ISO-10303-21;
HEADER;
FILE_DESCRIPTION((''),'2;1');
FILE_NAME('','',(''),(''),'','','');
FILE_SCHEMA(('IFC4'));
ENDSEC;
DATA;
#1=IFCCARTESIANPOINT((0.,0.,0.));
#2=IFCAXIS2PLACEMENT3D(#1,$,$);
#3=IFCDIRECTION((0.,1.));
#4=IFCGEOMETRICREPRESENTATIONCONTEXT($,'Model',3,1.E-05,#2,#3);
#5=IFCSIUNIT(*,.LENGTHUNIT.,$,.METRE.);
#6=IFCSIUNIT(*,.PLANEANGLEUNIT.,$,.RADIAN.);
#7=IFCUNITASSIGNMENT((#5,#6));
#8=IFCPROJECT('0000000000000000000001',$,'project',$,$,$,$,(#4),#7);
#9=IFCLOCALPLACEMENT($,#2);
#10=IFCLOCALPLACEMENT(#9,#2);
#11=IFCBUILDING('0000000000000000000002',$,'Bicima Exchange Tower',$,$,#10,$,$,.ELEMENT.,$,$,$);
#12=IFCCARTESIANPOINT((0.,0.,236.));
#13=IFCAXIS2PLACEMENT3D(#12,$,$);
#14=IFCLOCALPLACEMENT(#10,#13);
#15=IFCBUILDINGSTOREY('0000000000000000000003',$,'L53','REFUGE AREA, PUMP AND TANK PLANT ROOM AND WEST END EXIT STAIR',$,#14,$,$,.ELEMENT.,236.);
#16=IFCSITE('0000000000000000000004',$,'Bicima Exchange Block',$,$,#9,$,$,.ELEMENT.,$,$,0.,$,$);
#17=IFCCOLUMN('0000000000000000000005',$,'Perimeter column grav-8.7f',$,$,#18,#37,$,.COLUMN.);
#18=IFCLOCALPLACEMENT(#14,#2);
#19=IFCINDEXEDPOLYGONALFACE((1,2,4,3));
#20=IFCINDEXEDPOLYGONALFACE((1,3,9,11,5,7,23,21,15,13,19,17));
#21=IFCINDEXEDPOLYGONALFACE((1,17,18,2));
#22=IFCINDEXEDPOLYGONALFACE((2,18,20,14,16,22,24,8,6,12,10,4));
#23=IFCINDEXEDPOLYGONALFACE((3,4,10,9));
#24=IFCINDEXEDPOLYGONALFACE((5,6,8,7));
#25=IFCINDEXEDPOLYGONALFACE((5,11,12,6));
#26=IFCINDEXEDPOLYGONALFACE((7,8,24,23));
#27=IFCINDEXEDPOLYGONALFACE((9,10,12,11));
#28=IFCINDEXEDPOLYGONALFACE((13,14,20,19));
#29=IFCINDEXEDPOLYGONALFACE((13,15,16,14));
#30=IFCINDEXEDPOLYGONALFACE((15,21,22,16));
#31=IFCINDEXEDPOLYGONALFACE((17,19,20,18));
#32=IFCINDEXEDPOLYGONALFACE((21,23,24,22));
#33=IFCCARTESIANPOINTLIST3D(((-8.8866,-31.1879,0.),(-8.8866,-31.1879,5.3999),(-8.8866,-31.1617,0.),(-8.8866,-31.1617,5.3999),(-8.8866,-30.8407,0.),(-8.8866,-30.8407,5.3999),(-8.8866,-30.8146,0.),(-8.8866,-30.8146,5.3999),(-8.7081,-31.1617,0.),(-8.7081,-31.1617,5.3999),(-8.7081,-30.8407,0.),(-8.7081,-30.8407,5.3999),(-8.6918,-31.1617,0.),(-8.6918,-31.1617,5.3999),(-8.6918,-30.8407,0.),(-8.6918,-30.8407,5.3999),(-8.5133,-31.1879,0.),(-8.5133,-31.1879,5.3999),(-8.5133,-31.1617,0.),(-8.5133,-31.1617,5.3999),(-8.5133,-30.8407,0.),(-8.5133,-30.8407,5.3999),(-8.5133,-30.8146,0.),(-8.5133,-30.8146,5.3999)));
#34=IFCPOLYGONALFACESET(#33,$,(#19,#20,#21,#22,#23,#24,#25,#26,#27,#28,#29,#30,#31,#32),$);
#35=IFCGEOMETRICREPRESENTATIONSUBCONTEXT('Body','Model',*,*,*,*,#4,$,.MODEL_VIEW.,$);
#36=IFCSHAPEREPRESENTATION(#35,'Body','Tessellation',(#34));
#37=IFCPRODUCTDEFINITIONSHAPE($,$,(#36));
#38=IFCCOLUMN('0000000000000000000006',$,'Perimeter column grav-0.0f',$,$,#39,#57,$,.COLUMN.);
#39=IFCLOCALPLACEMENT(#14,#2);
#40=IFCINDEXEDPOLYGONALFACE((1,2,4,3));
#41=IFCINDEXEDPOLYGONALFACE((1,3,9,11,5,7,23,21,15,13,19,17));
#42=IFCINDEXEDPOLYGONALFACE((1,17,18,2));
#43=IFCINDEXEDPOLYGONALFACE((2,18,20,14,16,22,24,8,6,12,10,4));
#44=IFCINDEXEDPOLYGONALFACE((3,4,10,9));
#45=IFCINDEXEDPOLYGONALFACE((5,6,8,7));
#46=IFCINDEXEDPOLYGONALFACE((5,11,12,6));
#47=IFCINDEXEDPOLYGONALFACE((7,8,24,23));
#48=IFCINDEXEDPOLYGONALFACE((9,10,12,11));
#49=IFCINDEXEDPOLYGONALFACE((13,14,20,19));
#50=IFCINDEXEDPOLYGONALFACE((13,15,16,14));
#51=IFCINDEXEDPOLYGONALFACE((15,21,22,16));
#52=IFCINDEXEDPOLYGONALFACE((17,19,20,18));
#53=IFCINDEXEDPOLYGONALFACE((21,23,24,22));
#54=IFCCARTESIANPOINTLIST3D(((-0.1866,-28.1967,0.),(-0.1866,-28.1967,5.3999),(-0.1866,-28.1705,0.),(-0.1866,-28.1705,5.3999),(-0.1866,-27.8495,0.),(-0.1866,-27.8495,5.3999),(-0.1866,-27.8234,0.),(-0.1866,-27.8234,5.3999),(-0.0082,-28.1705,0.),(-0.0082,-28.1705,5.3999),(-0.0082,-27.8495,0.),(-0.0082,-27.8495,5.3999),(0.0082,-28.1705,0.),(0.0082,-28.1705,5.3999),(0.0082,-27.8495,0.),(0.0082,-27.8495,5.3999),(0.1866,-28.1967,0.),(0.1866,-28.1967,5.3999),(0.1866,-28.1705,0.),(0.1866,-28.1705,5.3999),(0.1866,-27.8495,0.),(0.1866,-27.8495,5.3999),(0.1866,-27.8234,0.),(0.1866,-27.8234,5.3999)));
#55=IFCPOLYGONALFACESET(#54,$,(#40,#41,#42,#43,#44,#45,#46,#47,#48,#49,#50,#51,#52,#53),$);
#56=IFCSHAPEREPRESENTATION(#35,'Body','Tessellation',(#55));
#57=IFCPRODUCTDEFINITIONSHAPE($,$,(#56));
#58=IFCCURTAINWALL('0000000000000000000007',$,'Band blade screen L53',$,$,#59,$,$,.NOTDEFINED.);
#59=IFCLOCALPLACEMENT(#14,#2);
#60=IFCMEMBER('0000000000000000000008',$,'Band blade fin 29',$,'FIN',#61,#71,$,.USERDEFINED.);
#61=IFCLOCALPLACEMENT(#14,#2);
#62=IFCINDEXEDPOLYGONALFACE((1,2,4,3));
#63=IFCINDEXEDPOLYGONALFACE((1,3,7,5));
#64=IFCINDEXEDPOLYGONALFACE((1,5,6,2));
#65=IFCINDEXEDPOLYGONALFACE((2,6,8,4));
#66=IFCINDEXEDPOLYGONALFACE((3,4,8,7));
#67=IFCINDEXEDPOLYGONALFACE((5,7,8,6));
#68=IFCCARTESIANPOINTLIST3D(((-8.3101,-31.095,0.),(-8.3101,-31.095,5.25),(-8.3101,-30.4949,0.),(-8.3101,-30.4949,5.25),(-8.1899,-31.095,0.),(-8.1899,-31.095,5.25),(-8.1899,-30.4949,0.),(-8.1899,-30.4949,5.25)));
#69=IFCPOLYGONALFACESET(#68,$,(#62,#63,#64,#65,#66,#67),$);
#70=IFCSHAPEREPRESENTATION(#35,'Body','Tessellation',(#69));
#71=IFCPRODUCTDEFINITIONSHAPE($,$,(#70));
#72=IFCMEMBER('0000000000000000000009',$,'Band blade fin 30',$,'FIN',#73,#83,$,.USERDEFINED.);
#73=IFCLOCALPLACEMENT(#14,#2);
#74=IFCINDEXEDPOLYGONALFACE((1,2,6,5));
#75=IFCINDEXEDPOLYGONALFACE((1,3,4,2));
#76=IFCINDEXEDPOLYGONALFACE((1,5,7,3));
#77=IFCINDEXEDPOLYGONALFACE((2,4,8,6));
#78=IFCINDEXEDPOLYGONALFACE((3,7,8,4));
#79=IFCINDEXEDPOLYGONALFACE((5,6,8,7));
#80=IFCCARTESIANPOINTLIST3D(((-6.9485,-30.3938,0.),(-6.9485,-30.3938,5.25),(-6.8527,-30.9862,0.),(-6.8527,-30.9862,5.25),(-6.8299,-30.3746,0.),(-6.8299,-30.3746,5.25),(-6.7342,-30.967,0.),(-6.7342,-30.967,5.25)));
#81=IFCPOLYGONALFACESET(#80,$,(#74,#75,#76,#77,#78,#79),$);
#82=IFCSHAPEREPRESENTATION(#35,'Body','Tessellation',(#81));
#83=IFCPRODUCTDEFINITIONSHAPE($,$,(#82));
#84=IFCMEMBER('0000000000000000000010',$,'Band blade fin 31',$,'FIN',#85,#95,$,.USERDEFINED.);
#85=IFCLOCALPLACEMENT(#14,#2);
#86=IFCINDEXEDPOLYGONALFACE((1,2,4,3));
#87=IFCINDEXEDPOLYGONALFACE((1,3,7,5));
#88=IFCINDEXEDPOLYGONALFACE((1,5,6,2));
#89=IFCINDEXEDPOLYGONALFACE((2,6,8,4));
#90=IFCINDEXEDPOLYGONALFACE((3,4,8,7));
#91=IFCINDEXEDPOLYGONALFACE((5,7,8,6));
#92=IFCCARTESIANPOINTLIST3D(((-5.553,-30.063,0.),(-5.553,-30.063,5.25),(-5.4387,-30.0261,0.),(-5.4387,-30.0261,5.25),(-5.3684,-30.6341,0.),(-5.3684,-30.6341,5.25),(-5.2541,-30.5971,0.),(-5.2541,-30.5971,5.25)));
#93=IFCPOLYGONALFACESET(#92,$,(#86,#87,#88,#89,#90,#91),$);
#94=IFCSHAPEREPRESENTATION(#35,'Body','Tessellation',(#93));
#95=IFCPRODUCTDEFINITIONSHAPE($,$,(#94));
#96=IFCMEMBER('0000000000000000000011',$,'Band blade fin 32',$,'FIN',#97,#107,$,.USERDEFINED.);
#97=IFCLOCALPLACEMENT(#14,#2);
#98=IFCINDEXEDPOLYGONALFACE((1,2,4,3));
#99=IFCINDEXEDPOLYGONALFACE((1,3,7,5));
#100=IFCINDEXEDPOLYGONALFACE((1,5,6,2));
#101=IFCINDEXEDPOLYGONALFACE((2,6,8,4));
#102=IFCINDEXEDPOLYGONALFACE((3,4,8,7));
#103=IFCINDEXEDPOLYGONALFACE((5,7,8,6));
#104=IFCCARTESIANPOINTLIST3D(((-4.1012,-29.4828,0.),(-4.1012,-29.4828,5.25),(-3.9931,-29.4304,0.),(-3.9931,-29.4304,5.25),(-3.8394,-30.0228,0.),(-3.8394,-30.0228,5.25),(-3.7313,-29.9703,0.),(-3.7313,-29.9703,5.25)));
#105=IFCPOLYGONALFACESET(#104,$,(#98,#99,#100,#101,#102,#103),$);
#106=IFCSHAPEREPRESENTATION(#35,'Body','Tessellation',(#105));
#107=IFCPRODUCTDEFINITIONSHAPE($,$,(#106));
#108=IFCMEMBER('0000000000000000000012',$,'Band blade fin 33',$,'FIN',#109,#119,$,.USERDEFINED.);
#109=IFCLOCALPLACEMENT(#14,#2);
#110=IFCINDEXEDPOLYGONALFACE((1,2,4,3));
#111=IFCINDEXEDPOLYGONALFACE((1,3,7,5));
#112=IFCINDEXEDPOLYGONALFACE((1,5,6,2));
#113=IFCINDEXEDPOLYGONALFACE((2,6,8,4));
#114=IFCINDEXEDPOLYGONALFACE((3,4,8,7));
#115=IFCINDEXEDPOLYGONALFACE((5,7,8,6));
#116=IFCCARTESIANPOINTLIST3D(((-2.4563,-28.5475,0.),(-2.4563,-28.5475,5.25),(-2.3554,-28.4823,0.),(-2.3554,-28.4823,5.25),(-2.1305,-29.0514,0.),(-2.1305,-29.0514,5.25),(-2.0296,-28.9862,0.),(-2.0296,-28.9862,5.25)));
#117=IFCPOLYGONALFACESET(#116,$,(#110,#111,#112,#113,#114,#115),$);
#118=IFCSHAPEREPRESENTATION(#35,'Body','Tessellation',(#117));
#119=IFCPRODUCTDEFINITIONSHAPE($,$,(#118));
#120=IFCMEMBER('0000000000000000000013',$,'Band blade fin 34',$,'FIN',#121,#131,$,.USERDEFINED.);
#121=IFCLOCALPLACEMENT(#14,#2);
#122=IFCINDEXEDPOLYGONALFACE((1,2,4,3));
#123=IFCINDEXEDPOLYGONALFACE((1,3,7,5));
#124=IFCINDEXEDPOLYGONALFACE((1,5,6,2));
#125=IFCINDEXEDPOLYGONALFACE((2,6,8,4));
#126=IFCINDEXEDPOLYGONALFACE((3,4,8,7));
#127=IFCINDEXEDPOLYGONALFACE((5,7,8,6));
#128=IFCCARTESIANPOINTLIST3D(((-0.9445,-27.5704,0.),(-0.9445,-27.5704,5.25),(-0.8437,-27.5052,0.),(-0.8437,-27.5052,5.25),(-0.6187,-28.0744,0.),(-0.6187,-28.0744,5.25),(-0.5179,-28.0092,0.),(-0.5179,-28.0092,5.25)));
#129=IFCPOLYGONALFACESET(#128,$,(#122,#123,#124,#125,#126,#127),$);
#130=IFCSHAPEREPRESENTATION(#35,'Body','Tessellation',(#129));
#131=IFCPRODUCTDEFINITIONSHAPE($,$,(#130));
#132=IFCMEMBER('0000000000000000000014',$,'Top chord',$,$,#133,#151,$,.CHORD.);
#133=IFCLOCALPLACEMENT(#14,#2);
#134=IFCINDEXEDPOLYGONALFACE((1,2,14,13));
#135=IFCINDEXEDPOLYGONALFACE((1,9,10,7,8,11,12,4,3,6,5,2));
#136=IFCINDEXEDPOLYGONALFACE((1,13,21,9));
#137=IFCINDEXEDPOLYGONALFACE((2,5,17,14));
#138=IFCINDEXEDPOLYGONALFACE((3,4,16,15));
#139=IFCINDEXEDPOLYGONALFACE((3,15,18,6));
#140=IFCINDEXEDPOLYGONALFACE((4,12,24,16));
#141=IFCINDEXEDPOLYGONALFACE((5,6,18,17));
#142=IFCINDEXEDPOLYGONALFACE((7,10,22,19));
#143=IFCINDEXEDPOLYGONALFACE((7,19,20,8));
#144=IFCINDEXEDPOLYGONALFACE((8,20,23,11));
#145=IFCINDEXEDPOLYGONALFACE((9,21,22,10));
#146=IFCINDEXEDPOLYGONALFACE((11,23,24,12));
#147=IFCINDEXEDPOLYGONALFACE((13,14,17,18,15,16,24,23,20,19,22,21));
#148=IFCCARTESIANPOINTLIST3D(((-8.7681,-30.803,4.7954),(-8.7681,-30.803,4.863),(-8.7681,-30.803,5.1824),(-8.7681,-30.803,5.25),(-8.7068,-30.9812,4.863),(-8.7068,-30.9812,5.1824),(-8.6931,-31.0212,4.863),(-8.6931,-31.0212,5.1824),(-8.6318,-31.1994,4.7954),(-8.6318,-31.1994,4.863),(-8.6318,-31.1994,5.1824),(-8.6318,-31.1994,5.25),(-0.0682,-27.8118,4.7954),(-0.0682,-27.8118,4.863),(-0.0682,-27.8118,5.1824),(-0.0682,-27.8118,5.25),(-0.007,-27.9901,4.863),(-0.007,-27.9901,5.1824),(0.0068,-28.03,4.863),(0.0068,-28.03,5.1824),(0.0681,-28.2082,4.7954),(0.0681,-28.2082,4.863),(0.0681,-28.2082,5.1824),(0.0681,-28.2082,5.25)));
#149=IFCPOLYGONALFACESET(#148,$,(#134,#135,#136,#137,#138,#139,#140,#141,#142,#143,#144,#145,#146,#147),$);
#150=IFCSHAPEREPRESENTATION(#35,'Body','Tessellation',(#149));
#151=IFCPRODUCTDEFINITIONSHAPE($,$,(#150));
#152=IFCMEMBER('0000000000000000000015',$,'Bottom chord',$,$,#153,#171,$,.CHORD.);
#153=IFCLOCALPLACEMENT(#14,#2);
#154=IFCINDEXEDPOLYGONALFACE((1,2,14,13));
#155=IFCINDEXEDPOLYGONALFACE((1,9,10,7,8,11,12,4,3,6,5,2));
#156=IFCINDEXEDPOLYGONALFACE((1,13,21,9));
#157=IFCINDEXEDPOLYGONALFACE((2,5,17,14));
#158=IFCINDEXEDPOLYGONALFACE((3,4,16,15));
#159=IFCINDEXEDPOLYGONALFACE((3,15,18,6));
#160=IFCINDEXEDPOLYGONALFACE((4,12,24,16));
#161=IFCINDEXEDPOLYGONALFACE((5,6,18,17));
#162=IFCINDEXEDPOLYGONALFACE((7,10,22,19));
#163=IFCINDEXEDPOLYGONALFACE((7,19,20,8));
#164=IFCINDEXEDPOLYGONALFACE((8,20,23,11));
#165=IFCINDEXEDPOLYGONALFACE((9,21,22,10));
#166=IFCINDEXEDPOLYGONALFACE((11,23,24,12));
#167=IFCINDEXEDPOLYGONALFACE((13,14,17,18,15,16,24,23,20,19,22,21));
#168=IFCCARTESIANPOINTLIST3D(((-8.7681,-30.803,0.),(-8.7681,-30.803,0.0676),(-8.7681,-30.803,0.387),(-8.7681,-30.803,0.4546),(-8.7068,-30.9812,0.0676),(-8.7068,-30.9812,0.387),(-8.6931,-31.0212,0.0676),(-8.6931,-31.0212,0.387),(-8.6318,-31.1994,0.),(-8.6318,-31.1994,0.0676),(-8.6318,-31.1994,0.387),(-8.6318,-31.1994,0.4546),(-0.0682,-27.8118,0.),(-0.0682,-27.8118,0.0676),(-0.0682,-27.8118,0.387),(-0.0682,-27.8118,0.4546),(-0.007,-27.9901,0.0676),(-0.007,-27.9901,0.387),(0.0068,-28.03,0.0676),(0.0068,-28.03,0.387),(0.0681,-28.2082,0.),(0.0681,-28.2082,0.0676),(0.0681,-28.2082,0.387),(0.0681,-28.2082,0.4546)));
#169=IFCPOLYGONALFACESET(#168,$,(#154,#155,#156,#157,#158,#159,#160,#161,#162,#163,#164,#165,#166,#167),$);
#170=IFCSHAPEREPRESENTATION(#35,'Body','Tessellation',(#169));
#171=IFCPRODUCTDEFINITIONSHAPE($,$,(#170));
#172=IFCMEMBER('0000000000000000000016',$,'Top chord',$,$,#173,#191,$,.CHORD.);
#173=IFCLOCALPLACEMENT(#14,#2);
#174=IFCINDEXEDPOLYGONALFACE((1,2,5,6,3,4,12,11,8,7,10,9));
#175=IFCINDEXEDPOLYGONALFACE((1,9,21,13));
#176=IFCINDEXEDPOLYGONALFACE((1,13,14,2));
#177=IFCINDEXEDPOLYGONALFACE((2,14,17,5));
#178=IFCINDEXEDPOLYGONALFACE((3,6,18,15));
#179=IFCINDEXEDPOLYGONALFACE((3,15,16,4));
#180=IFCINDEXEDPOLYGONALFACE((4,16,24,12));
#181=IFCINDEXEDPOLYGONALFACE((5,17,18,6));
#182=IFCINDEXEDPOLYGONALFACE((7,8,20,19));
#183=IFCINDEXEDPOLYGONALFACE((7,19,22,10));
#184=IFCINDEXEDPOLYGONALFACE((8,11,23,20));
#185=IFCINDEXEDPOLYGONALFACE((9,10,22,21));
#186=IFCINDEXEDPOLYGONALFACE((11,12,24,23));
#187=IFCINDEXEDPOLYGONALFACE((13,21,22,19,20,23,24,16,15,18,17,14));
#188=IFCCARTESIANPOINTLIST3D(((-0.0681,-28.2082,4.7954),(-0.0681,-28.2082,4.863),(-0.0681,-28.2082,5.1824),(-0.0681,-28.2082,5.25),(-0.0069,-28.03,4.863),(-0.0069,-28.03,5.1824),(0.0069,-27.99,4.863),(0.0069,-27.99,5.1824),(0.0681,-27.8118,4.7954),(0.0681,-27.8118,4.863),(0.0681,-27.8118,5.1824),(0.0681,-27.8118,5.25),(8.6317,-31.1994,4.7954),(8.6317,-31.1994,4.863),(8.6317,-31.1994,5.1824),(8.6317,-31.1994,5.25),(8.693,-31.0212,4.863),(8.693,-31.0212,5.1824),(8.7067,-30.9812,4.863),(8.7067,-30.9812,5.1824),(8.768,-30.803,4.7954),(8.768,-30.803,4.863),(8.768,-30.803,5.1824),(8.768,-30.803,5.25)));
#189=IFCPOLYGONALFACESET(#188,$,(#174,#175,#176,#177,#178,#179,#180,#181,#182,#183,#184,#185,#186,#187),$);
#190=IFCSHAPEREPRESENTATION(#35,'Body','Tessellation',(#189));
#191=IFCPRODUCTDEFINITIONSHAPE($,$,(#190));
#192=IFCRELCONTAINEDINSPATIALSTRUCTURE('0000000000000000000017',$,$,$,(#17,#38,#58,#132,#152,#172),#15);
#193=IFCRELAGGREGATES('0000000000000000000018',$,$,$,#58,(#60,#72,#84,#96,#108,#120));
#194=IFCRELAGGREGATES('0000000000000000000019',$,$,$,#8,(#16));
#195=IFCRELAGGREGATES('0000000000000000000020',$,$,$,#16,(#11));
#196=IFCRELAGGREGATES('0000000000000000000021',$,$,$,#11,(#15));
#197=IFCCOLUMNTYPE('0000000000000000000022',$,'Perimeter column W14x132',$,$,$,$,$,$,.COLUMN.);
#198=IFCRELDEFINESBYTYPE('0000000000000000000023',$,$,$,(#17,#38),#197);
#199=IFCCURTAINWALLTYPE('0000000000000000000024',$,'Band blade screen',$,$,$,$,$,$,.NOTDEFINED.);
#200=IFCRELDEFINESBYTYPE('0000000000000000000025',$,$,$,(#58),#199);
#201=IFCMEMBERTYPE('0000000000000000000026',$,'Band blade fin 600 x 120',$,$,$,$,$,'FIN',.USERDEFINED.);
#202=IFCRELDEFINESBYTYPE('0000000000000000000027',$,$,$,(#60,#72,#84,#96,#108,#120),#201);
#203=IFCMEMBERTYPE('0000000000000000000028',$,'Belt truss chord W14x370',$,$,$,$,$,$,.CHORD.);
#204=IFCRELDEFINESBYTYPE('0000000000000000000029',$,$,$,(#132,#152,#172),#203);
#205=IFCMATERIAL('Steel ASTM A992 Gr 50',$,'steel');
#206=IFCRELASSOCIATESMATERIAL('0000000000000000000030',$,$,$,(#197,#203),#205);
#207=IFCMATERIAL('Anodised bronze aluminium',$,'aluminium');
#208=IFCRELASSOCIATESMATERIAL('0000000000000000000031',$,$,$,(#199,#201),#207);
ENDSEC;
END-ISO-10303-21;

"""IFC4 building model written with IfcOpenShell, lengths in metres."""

from ifc_helpers import new_model, si_unit, direction, frame, origin, origin_2d, place, context, subcontext, project, spatial, rectangle, i_section, extrude, material, material_profile, profile_set, type_object, element, aggregate, save


model = new_model("IFC4")

# Units and contexts
model_context = context("Model", 3, precision=1e-05, world=origin(), true_north=direction((0.0, 1.0)))
body_context = subcontext(model_context, "Body", "Model", "MODEL_VIEW")
ifc_project = project(units=[si_unit("LENGTHUNIT", "METRE"), si_unit("PLANEANGLEUNIT", "RADIAN")], contexts=[model_context])

# Site, building, storey
site_placement = place(None, origin())
site = spatial("IfcSite", under=ifc_project, at=site_placement, Name="Bicima Exchange Block", CompositionType="ELEMENT", RefElevation=0.0)
building_placement = place(site_placement, origin())
building = spatial("IfcBuilding", under=site, at=building_placement, Name="Bicima Exchange Tower", CompositionType="ELEMENT")
storey_placement = place(building_placement, frame((0.0, 0.0, 236.0)))
storey = spatial("IfcBuildingStorey", under=building, at=storey_placement, Name="L53", Description="REFUGE AREA, PUMP AND TANK PLANT ROOM AND WEST END EXIT STAIR", CompositionType="ELEMENT", Elevation=236.0)

# Columns
ifc_material_1 = material(Name="Steel ASTM A992 Gr 50", Category="steel")
ifc_material_profile_1 = material_profile(ifc_material_1, i_section(OverallWidth=0.3733, OverallDepth=0.3733, WebThickness=0.0164, FlangeThickness=0.0261, at=origin_2d()))
ifc_profile_set_1 = profile_set([ifc_material_profile_1], Name="Steel ASTM A992 Gr 50")
column_type = type_object("IfcColumnType", Name="Perimeter column W14x132", PredefinedType="COLUMN", material=ifc_profile_set_1)
for number, where, z_axis, x_axis, name in (
    (1, (-8.7, -31.0012, 0.0), (0.0, 0.0, 1.0), (1.0, 0.0, 0.0), "Perimeter column grav-8.7f"),
    (2, (0.0, -28.01, 0.0), (0.0, 0.0, 1.0), (1.0, 0.0, 0.0), "Perimeter column grav-0.0f"),
):
    element("IfcColumn", number, at=place(storey_placement, frame(where, z_axis=z_axis, x_axis=x_axis)), inside=storey, type_object=column_type, Name=name, PredefinedType="COLUMN", context=body_context, shape_type="SweptSolid", body=[
        extrude(i_section(OverallWidth=0.3733, OverallDepth=0.3733, WebThickness=0.0164, FlangeThickness=0.0261, at=origin_2d()), origin(), (0.0, 0.0, 1.0), 5.3999),
    ])

# Curtain wall, members
ifc_material_2 = material(Name="Anodised bronze aluminium", Category="aluminium")
curtain_wall_type = type_object("IfcCurtainWallType", Name="Band blade screen", PredefinedType="NOTDEFINED", material=ifc_material_2)
curtain_wall_placement = place(storey_placement, origin())
curtain_wall = element("IfcCurtainWall", 3, at=curtain_wall_placement, inside=storey, type_object=curtain_wall_type, Name="Band blade screen L53", PredefinedType="NOTDEFINED")
ifc_material_profile_2 = material_profile(ifc_material_2, rectangle(XDim=0.6001, YDim=0.1201, at=origin_2d()))
ifc_profile_set_2 = profile_set([ifc_material_profile_2], Name="Anodised bronze aluminium")
member_type_1 = type_object("IfcMemberType", Name="Band blade fin 600 x 120", ElementType="FIN", PredefinedType="USERDEFINED", material=ifc_profile_set_2)
member_1_placement = place(storey_placement, frame((-8.25, -30.7949, 0.0), z_axis=(0.0, 0.0, 1.0), x_axis=(0.0, 1.0, 0.0)))
member_1 = element("IfcMember", 4, at=member_1_placement, type_object=member_type_1, Name="Band blade fin 29", ObjectType="FIN", PredefinedType="USERDEFINED", context=body_context, shape_type="SweptSolid", body=[
    extrude(rectangle(XDim=0.6001, YDim=0.1201, at=origin_2d()), origin(), (0.0, 0.0, 1.0), 5.25),
])
member_2_placement = place(storey_placement, frame((-6.8413, -30.6804, 0.0), z_axis=(0.0, 0.0, 1.0), x_axis=(-0.159533, 0.987193, 0.0)))
member_2 = element("IfcMember", 5, at=member_2_placement, type_object=member_type_1, Name="Band blade fin 30", ObjectType="FIN", PredefinedType="USERDEFINED", context=body_context, shape_type="SweptSolid", body=[
    extrude(rectangle(XDim=0.6001, YDim=0.1201, at=origin_2d()), origin(), (0.0, 0.0, 1.0), 5.25),
])
member_3_placement = place(storey_placement, frame((-5.4036, -30.3301, 0.0), z_axis=(0.0, 0.0, 1.0), x_axis=(-0.307553, 0.951531, 0.0)))
member_3 = element("IfcMember", 6, at=member_3_placement, type_object=member_type_1, Name="Band blade fin 31", ObjectType="FIN", PredefinedType="USERDEFINED", context=body_context, shape_type="SweptSolid", body=[
    extrude(rectangle(XDim=0.6001, YDim=0.1201, at=origin_2d()), origin(), (0.0, 0.0, 1.0), 5.25),
])
member_4_placement = place(storey_placement, frame((-3.9163, -29.7266, 0.0), z_axis=(0.0, 0.0, 1.0), x_axis=(-0.436287, 0.899808, 0.0)))
member_4 = element("IfcMember", 7, at=member_4_placement, type_object=member_type_1, Name="Band blade fin 32", ObjectType="FIN", PredefinedType="USERDEFINED", context=body_context, shape_type="SweptSolid", body=[
    extrude(rectangle(XDim=0.6001, YDim=0.1201, at=origin_2d()), origin(), (0.0, 0.0, 1.0), 5.25),
])
member_5_placement = place(storey_placement, frame((-2.2429, -28.7668, 0.0), z_axis=(0.0, 0.0, 1.0), x_axis=(-0.542909, 0.839791, 0.0)))
member_5 = element("IfcMember", 8, at=member_5_placement, type_object=member_type_1, Name="Band blade fin 33", ObjectType="FIN", PredefinedType="USERDEFINED", context=body_context, shape_type="SweptSolid", body=[
    extrude(rectangle(XDim=0.6001, YDim=0.1201, at=origin_2d()), origin(), (0.0, 0.0, 1.0), 5.25),
])
member_6_placement = place(storey_placement, frame((-0.7312, -27.7898, 0.0), z_axis=(0.0, 0.0, 1.0), x_axis=(-0.542909, 0.839791, 0.0)))
member_6 = element("IfcMember", 9, at=member_6_placement, type_object=member_type_1, Name="Band blade fin 34", ObjectType="FIN", PredefinedType="USERDEFINED", context=body_context, shape_type="SweptSolid", body=[
    extrude(rectangle(XDim=0.6001, YDim=0.1201, at=origin_2d()), origin(), (0.0, 0.0, 1.0), 5.25),
])
aggregate(curtain_wall, [member_1, member_2, member_3, member_4, member_5, member_6])

# Members
ifc_material_profile_3 = material_profile(ifc_material_1, i_section(OverallWidth=0.4192, OverallDepth=0.4546, WebThickness=0.0422, FlangeThickness=0.0676, at=origin_2d()))
ifc_profile_set_3 = profile_set([ifc_material_profile_3], Name="Steel ASTM A992 Gr 50")
member_type_2 = type_object("IfcMemberType", Name="Belt truss chord W14x370", PredefinedType="CHORD", material=ifc_profile_set_3)
for number, where, z_axis, x_axis, name in (
    (10, (-8.7, -31.0012, 5.0227), (0.945666, 0.325138, 0.0), (-0.325138, 0.945666, 0.0), "Top chord"),
    (11, (-8.7, -31.0012, 0.2273), (0.945666, 0.325138, 0.0), (-0.325138, 0.945666, 0.0), "Bottom chord"),
    (12, (0.0, -28.01, 5.0227), (0.945666, -0.325138, 0.0), (0.325138, 0.945666, 0.0), "Top chord"),
):
    element("IfcMember", number, at=place(storey_placement, frame(where, z_axis=z_axis, x_axis=x_axis)), inside=storey, type_object=member_type_2, Name=name, PredefinedType="CHORD", context=body_context, shape_type="SweptSolid", body=[
        extrude(i_section(OverallWidth=0.4192, OverallDepth=0.4546, WebThickness=0.0422, FlangeThickness=0.0676, at=origin_2d()), origin(), (0.0, 0.0, 1.0), 9.1997),
    ])

save(model, "model.ifc")
